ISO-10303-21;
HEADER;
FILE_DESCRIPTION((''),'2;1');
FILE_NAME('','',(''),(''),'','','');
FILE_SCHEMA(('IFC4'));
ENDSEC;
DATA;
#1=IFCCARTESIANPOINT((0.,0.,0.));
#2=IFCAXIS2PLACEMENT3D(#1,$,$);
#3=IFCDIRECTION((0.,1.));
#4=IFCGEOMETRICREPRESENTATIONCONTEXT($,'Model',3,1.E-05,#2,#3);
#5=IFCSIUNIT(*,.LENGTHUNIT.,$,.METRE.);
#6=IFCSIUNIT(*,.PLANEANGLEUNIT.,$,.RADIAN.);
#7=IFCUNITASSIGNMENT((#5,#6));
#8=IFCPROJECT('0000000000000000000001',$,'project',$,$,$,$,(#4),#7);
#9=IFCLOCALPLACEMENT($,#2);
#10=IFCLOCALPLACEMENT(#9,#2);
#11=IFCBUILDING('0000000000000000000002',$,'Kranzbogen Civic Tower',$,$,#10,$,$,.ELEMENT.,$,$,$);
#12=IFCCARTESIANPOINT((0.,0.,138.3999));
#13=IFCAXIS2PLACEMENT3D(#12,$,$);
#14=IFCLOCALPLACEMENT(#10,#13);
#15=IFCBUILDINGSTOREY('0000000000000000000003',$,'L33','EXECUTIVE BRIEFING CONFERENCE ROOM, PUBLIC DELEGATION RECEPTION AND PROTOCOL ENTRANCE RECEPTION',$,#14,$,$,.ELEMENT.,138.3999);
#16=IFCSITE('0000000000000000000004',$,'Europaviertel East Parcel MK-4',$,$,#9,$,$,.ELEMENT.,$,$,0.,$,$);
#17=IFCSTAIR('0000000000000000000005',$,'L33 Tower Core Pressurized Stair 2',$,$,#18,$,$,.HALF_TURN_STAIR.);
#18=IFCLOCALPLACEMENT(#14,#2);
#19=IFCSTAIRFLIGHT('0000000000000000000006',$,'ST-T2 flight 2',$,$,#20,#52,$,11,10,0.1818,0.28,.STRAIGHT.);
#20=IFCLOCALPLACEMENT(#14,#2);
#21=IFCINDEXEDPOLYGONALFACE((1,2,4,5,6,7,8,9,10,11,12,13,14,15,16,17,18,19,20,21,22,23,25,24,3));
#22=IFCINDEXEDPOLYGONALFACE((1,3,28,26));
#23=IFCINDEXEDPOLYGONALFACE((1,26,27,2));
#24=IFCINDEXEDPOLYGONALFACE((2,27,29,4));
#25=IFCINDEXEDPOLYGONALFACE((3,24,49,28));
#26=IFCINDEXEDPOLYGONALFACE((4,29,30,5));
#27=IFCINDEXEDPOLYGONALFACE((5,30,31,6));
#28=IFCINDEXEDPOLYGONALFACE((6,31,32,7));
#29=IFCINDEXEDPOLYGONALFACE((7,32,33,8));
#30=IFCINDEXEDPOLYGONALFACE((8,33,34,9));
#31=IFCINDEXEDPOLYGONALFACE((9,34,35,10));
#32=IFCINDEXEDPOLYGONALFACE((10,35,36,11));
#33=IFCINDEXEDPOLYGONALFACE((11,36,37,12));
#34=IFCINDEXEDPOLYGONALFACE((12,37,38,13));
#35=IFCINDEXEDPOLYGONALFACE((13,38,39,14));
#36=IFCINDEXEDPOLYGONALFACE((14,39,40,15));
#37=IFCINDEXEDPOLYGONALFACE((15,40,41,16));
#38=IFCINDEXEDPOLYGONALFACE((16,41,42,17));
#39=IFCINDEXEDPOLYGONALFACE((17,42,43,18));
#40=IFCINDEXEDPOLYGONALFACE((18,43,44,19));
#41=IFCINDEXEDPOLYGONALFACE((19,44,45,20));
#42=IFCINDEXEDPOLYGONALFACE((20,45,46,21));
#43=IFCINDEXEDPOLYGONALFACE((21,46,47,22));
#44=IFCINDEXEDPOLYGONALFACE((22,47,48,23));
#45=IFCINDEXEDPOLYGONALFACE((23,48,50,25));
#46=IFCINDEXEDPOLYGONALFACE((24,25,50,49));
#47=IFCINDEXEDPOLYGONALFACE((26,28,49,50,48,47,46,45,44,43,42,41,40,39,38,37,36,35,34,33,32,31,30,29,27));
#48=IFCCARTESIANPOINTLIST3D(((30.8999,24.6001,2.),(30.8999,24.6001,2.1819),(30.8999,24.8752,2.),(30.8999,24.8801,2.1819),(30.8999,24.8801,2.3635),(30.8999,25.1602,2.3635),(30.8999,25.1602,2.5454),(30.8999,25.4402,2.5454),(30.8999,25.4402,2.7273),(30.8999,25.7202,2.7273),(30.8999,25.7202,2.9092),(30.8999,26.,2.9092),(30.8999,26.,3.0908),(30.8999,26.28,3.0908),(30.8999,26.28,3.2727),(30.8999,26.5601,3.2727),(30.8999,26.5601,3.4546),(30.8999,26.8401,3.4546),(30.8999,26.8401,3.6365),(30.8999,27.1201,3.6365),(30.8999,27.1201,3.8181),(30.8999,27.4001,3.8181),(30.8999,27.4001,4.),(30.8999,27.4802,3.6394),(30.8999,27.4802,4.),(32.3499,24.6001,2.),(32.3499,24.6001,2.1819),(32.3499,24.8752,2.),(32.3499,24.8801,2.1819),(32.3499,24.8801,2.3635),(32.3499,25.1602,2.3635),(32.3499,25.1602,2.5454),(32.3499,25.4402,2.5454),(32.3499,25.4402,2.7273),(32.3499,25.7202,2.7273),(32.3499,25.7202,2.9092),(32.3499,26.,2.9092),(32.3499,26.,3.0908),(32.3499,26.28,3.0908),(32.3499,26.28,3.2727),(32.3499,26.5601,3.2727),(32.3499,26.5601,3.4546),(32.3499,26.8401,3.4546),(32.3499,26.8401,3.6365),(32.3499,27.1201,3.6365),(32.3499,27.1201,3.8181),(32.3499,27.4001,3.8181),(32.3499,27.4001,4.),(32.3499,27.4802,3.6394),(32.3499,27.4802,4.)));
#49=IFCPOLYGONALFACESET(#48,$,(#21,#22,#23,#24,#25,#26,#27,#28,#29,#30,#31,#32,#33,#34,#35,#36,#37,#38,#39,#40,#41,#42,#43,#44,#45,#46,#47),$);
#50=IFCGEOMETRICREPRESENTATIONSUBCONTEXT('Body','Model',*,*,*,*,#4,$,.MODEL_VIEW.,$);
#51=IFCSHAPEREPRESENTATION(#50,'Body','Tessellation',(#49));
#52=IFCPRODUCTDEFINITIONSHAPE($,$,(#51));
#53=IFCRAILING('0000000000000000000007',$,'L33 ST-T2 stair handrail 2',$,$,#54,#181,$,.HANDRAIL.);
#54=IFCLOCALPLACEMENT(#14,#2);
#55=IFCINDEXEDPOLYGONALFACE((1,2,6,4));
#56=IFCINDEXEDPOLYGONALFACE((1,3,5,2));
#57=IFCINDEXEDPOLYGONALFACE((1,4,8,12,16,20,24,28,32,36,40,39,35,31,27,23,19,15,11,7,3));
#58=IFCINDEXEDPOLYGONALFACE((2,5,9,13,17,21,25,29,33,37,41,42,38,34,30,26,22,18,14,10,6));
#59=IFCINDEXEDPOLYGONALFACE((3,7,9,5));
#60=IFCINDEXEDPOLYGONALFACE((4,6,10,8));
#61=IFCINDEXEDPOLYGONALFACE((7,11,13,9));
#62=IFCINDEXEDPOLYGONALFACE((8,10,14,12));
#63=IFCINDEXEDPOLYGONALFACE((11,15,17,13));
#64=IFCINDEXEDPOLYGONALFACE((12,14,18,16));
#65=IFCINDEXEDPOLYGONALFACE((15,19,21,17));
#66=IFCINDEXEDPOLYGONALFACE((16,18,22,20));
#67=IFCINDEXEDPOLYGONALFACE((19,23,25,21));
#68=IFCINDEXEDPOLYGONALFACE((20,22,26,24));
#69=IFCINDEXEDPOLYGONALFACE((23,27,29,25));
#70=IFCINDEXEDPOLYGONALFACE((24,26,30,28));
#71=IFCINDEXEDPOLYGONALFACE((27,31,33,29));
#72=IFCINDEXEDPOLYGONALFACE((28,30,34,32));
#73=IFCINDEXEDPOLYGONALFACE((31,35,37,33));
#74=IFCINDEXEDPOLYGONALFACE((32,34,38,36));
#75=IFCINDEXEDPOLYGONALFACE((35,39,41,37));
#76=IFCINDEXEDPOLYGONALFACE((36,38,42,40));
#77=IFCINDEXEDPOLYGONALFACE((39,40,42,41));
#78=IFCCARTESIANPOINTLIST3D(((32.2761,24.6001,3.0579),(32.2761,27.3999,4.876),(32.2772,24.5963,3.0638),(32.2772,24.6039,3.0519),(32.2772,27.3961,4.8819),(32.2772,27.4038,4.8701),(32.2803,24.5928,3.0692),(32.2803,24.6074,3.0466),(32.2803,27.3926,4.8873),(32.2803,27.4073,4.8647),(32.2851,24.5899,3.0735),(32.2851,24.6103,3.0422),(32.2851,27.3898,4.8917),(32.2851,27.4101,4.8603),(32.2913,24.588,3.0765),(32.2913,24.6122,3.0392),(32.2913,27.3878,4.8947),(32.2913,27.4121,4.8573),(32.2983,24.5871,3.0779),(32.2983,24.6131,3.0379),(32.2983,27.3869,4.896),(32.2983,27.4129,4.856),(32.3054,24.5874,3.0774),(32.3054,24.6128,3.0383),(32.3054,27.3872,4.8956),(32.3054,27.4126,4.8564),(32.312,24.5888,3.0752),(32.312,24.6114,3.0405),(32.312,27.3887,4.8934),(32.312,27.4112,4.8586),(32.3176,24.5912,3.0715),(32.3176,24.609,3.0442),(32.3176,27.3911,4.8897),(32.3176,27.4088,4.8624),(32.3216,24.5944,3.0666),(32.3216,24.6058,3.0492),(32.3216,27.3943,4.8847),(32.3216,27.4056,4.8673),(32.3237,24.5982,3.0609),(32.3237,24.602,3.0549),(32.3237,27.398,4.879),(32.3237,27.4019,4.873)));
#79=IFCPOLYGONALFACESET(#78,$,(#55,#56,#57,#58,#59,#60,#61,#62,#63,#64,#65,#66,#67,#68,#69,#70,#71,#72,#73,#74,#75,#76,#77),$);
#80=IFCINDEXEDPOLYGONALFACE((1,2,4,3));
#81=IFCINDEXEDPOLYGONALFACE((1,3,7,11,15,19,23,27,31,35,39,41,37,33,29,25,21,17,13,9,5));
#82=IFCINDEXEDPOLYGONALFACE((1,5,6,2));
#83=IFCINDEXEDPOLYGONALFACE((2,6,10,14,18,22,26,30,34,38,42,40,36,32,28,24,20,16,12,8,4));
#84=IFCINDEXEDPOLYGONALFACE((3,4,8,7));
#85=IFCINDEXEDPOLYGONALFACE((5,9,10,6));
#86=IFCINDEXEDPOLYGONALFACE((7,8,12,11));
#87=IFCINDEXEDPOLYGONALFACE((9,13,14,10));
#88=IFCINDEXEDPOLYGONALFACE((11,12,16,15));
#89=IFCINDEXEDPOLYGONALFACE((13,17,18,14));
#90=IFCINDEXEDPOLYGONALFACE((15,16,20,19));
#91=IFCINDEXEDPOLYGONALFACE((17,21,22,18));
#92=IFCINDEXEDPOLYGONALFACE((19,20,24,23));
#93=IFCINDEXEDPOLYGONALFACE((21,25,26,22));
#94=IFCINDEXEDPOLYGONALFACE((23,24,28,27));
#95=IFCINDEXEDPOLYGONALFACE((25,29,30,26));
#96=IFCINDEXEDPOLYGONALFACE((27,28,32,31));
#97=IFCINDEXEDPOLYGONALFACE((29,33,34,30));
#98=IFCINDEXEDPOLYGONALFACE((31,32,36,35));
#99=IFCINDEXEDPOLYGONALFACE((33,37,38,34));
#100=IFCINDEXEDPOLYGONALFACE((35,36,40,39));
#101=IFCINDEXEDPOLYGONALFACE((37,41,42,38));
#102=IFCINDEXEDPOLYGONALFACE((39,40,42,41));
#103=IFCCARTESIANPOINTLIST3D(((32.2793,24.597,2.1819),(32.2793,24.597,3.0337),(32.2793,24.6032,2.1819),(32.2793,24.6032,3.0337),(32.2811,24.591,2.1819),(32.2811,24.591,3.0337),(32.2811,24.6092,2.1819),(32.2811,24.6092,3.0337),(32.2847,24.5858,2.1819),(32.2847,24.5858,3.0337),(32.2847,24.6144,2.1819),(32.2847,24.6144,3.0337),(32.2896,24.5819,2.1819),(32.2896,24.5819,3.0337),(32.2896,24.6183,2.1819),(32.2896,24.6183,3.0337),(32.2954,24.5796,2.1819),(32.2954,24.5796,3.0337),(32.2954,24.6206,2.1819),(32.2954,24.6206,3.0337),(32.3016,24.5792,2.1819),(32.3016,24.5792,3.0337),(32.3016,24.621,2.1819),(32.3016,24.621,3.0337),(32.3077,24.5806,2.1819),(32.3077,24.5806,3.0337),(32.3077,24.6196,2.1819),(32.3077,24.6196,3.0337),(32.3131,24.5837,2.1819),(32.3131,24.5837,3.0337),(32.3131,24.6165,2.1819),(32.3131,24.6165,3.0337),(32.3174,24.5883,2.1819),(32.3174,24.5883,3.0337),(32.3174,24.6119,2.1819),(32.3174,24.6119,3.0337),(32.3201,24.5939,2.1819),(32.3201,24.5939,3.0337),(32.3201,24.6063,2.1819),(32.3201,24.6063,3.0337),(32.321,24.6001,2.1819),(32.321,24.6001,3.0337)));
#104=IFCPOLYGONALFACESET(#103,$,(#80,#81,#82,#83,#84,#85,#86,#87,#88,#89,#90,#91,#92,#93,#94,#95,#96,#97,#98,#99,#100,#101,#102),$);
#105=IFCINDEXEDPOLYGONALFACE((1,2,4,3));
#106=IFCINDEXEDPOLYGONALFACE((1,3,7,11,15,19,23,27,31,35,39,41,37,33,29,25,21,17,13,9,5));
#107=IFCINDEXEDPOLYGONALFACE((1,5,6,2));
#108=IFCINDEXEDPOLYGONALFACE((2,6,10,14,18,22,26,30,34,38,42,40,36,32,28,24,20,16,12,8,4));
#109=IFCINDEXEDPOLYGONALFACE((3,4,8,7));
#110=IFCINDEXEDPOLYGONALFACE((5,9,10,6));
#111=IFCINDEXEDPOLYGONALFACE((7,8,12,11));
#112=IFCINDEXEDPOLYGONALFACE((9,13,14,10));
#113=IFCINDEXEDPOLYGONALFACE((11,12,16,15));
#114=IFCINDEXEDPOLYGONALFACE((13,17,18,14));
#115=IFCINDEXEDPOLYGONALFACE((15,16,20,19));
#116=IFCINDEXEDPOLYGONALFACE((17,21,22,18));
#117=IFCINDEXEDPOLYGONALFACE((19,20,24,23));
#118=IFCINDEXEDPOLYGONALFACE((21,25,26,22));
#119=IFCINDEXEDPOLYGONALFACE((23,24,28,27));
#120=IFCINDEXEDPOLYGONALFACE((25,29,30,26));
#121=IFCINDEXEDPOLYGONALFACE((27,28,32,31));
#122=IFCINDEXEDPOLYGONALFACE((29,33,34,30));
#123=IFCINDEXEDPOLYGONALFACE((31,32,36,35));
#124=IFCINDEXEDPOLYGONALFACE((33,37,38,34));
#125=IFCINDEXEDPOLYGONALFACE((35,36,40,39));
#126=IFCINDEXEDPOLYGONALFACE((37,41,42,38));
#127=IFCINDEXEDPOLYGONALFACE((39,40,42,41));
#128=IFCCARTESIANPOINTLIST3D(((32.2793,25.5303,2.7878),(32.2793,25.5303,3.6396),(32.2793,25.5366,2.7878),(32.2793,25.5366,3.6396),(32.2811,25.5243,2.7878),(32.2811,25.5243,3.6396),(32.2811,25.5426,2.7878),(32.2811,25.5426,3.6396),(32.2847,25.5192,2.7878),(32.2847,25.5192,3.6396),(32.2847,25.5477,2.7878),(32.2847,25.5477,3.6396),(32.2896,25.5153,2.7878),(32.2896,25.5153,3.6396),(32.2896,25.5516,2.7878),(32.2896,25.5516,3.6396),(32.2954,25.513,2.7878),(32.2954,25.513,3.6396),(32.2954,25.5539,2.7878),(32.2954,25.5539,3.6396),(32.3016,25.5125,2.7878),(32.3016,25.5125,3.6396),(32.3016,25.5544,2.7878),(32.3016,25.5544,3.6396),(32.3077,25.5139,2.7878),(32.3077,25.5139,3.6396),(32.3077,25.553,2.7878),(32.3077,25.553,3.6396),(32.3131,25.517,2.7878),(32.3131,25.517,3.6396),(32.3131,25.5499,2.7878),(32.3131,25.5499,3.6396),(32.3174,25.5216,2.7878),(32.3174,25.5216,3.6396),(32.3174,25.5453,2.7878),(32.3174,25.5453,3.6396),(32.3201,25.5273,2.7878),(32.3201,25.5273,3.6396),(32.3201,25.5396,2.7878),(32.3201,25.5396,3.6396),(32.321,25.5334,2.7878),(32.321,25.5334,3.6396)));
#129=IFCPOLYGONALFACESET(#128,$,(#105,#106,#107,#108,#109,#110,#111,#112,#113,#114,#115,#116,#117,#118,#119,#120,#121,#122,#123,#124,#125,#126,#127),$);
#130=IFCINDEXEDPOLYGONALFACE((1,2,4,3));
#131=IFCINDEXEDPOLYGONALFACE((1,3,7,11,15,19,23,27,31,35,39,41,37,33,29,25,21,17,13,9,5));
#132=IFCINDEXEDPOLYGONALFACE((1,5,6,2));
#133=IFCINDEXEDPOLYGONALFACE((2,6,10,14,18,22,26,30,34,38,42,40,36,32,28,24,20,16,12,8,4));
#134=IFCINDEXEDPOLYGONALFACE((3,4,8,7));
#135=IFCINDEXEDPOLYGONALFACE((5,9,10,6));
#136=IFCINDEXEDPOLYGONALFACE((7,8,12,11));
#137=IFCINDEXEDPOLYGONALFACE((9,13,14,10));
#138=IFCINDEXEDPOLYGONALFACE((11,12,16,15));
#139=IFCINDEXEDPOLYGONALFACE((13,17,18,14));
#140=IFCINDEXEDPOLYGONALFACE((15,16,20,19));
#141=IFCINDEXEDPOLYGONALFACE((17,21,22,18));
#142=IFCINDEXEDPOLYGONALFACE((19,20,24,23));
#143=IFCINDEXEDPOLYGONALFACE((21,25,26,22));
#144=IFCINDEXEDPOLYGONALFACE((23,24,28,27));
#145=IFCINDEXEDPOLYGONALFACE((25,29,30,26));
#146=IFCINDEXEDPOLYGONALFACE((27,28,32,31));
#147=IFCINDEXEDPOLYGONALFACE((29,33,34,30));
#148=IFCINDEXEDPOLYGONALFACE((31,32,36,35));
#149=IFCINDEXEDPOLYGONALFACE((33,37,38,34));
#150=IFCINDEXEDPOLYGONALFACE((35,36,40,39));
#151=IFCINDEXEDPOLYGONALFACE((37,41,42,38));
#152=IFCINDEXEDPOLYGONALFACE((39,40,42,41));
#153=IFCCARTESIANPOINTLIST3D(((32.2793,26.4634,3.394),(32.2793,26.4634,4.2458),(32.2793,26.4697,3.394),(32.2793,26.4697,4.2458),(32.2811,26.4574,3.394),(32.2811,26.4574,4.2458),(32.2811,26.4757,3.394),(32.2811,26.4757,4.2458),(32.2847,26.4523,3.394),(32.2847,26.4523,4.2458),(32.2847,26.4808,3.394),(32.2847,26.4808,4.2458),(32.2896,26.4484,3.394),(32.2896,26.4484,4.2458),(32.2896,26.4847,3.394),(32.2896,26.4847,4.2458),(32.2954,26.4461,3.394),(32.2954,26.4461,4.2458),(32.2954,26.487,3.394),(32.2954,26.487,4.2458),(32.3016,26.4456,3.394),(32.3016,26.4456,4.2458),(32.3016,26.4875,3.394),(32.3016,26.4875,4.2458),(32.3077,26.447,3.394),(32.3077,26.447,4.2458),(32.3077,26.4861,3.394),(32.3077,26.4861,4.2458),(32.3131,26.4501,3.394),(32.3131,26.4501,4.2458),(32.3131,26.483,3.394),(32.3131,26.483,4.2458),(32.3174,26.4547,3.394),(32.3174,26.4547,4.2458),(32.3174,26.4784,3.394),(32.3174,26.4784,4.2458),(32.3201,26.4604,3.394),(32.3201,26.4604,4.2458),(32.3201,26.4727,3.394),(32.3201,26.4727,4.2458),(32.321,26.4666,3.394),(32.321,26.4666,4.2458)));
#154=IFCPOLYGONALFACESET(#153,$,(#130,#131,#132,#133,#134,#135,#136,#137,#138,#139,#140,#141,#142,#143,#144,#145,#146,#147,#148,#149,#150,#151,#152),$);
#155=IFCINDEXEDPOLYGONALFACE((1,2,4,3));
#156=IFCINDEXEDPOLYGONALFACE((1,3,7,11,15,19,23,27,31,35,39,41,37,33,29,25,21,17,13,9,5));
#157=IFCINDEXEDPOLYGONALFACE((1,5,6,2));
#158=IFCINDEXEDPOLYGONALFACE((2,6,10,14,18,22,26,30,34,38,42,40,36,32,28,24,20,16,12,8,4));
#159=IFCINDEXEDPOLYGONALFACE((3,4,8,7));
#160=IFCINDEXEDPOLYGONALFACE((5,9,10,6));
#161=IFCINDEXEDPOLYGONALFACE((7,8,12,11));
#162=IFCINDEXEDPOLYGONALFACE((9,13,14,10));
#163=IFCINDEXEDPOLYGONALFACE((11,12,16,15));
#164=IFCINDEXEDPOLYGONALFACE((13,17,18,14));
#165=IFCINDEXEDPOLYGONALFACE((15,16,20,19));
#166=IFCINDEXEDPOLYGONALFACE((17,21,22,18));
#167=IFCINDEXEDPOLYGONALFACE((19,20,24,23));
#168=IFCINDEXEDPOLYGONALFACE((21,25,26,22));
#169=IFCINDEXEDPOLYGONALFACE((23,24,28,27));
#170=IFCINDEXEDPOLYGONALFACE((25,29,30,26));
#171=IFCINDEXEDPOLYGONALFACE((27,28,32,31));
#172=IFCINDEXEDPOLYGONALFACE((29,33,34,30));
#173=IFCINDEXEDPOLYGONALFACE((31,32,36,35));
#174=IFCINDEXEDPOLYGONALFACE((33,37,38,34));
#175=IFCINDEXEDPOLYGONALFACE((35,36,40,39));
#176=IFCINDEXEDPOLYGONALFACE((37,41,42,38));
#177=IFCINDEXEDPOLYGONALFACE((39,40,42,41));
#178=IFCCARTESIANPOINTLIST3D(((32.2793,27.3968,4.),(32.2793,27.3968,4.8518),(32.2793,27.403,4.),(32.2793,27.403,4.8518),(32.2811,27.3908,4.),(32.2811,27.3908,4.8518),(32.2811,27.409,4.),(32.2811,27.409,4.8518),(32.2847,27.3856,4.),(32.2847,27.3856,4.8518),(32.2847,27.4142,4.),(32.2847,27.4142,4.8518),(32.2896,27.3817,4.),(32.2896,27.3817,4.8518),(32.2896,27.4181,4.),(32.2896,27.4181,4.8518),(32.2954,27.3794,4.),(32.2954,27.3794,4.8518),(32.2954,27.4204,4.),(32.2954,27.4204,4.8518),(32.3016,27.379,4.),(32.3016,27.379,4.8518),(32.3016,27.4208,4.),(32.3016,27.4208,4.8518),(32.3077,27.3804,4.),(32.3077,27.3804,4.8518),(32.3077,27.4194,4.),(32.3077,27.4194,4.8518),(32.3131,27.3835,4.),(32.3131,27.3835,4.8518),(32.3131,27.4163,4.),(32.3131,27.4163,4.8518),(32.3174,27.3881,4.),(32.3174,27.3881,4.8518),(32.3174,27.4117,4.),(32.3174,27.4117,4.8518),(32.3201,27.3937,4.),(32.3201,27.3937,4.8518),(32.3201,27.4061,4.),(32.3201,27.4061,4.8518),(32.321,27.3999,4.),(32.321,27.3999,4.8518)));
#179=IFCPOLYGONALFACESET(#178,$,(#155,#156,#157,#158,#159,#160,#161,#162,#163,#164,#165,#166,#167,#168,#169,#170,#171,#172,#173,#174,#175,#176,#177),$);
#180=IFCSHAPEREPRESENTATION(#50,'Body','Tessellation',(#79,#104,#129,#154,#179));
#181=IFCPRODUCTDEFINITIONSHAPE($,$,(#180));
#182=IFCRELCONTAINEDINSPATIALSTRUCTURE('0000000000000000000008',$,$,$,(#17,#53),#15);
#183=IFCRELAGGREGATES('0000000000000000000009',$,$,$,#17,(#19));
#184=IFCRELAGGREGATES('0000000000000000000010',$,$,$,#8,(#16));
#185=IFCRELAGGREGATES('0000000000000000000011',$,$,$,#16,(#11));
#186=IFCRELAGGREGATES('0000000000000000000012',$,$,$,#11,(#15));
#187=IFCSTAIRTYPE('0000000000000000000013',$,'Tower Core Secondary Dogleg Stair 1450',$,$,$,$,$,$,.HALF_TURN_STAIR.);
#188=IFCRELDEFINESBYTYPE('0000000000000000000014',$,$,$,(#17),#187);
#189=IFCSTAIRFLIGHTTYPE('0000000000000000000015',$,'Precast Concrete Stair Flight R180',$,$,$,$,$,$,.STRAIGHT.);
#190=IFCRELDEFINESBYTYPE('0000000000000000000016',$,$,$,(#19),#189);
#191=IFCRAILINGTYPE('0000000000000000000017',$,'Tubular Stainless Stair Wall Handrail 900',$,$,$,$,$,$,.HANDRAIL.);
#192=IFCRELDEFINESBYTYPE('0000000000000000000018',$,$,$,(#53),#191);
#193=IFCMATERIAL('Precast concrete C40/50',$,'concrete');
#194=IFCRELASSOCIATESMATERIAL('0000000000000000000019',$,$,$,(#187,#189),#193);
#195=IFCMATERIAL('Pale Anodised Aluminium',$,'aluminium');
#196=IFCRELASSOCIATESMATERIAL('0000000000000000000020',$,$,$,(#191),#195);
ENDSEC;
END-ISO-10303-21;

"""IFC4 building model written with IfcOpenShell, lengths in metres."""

from ifc_helpers import new_model, si_unit, direction, frame, origin, origin_2d, place, context, subcontext, project, spatial, polyline, circle, outline, extrude, material, type_object, element, aggregate, save


model = new_model("IFC4")

# Units and contexts
model_context = context("Model", 3, precision=1e-05, world=origin(), true_north=direction((0.0, 1.0)))
body_context = subcontext(model_context, "Body", "Model", "MODEL_VIEW")
ifc_project = project(units=[si_unit("LENGTHUNIT", "METRE"), si_unit("PLANEANGLEUNIT", "RADIAN")], contexts=[model_context])

# Site, building, storey
site_placement = place(None, origin())
site = spatial("IfcSite", under=ifc_project, at=site_placement, Name="Europaviertel East Parcel MK-4", CompositionType="ELEMENT", RefElevation=0.0)
building_placement = place(site_placement, origin())
building = spatial("IfcBuilding", under=site, at=building_placement, Name="Kranzbogen Civic Tower", CompositionType="ELEMENT")
storey_placement = place(building_placement, frame((0.0, 0.0, 138.3999)))
storey = spatial("IfcBuildingStorey", under=building, at=storey_placement, Name="L33", Description="EXECUTIVE BRIEFING CONFERENCE ROOM, PUBLIC DELEGATION RECEPTION AND PROTOCOL ENTRANCE RECEPTION", CompositionType="ELEMENT", Elevation=138.3999)

# Shared definitions
ifc_material_1 = material(Name="Pale Anodised Aluminium", Category="aluminium")

# Stair, stair flight
ifc_material_2 = material(Name="Precast concrete C40/50", Category="concrete")
stair_type = type_object("IfcStairType", Name="Tower Core Secondary Dogleg Stair 1450", PredefinedType="HALF_TURN_STAIR", material=ifc_material_2)
stair_placement = place(storey_placement, origin())
stair = element("IfcStair", 1, at=stair_placement, inside=storey, type_object=stair_type, Name="L33 Tower Core Pressurized Stair 2", PredefinedType="HALF_TURN_STAIR")
stair_flight_type = type_object("IfcStairFlightType", Name="Precast Concrete Stair Flight R180", PredefinedType="STRAIGHT", material=ifc_material_2)
stair_flight_placement = place(storey_placement, frame((31.625, 24.6001, 2.0), z_axis=(0.0, 0.0, 1.0), x_axis=(0.0, 1.0, 0.0)))
stair_flight = element("IfcStairFlight", 2, at=stair_flight_placement, type_object=stair_flight_type, Name="ST-T2 flight 2", NumberOfRisers=11, NumberOfTreads=10, PredefinedType="STRAIGHT", RiserHeight=0.1818, TreadLength=0.28, context=body_context, shape_type="SweptSolid", body=[
    extrude(outline(polyline([(0.0, 0.0), (0.0, 0.1819), (0.28, 0.1819), (0.28, 0.3635), (0.5601, 0.3635), (0.5601, 0.5454), (0.8401, 0.5454), (0.8401, 0.7273), (1.1201, 0.7273), (1.1201, 0.9092), (1.3999, 0.9092), (1.3999, 1.0908), (1.6799, 1.0908), (1.6799, 1.2727), (1.96, 1.2727), (1.96, 1.4546), (2.24, 1.4546), (2.24, 1.6365), (2.52, 1.6365), (2.52, 1.8181), (2.8, 1.8181), (2.8, 2.0), (2.8801, 2.0), (2.8801, 1.6394), (0.2751, 0.0), (0.0, 0.0)])), frame((0.0, 0.7251, 0.0), z_axis=(0.0, -1.0, 0.0), x_axis=(1.0, 0.0, 0.0)), (0.0, 0.0, 1.0), 1.45),
])
aggregate(stair, [stair_flight])

# Railing
railing_type = type_object("IfcRailingType", Name="Tubular Stainless Stair Wall Handrail 900", PredefinedType="HANDRAIL", material=ifc_material_1)
railing_placement = place(storey_placement, frame((32.3, 24.6001, 2.1819)))
element("IfcRailing", 3, at=railing_placement, inside=storey, type_object=railing_type, Name="L33 ST-T2 stair handrail 2", PredefinedType="HANDRAIL", context=body_context, shape_type="SweptSolid", body=[
    extrude(circle(Radius=0.0239, at=origin_2d()), frame((0.0, 0.0, 0.876), z_axis=(0.0, 0.838684, 0.544618), x_axis=(-1.0, 0.0, 0.0)), (0.0, 0.0, 1.0), 3.3384),
    extrude(circle(Radius=0.021, at=origin_2d()), origin(), (0.0, 0.0, 1.0), 0.8518),
    extrude(circle(Radius=0.021, at=origin_2d()), frame((0.0, 0.9333, 0.606)), (0.0, 0.0, 1.0), 0.8518),
    extrude(circle(Radius=0.021, at=origin_2d()), frame((0.0, 1.8665, 1.2122)), (0.0, 0.0, 1.0), 0.8518),
    extrude(circle(Radius=0.021, at=origin_2d()), frame((0.0, 2.7998, 1.8181)), (0.0, 0.0, 1.0), 0.8518),
])

save(model, "model.ifc")
